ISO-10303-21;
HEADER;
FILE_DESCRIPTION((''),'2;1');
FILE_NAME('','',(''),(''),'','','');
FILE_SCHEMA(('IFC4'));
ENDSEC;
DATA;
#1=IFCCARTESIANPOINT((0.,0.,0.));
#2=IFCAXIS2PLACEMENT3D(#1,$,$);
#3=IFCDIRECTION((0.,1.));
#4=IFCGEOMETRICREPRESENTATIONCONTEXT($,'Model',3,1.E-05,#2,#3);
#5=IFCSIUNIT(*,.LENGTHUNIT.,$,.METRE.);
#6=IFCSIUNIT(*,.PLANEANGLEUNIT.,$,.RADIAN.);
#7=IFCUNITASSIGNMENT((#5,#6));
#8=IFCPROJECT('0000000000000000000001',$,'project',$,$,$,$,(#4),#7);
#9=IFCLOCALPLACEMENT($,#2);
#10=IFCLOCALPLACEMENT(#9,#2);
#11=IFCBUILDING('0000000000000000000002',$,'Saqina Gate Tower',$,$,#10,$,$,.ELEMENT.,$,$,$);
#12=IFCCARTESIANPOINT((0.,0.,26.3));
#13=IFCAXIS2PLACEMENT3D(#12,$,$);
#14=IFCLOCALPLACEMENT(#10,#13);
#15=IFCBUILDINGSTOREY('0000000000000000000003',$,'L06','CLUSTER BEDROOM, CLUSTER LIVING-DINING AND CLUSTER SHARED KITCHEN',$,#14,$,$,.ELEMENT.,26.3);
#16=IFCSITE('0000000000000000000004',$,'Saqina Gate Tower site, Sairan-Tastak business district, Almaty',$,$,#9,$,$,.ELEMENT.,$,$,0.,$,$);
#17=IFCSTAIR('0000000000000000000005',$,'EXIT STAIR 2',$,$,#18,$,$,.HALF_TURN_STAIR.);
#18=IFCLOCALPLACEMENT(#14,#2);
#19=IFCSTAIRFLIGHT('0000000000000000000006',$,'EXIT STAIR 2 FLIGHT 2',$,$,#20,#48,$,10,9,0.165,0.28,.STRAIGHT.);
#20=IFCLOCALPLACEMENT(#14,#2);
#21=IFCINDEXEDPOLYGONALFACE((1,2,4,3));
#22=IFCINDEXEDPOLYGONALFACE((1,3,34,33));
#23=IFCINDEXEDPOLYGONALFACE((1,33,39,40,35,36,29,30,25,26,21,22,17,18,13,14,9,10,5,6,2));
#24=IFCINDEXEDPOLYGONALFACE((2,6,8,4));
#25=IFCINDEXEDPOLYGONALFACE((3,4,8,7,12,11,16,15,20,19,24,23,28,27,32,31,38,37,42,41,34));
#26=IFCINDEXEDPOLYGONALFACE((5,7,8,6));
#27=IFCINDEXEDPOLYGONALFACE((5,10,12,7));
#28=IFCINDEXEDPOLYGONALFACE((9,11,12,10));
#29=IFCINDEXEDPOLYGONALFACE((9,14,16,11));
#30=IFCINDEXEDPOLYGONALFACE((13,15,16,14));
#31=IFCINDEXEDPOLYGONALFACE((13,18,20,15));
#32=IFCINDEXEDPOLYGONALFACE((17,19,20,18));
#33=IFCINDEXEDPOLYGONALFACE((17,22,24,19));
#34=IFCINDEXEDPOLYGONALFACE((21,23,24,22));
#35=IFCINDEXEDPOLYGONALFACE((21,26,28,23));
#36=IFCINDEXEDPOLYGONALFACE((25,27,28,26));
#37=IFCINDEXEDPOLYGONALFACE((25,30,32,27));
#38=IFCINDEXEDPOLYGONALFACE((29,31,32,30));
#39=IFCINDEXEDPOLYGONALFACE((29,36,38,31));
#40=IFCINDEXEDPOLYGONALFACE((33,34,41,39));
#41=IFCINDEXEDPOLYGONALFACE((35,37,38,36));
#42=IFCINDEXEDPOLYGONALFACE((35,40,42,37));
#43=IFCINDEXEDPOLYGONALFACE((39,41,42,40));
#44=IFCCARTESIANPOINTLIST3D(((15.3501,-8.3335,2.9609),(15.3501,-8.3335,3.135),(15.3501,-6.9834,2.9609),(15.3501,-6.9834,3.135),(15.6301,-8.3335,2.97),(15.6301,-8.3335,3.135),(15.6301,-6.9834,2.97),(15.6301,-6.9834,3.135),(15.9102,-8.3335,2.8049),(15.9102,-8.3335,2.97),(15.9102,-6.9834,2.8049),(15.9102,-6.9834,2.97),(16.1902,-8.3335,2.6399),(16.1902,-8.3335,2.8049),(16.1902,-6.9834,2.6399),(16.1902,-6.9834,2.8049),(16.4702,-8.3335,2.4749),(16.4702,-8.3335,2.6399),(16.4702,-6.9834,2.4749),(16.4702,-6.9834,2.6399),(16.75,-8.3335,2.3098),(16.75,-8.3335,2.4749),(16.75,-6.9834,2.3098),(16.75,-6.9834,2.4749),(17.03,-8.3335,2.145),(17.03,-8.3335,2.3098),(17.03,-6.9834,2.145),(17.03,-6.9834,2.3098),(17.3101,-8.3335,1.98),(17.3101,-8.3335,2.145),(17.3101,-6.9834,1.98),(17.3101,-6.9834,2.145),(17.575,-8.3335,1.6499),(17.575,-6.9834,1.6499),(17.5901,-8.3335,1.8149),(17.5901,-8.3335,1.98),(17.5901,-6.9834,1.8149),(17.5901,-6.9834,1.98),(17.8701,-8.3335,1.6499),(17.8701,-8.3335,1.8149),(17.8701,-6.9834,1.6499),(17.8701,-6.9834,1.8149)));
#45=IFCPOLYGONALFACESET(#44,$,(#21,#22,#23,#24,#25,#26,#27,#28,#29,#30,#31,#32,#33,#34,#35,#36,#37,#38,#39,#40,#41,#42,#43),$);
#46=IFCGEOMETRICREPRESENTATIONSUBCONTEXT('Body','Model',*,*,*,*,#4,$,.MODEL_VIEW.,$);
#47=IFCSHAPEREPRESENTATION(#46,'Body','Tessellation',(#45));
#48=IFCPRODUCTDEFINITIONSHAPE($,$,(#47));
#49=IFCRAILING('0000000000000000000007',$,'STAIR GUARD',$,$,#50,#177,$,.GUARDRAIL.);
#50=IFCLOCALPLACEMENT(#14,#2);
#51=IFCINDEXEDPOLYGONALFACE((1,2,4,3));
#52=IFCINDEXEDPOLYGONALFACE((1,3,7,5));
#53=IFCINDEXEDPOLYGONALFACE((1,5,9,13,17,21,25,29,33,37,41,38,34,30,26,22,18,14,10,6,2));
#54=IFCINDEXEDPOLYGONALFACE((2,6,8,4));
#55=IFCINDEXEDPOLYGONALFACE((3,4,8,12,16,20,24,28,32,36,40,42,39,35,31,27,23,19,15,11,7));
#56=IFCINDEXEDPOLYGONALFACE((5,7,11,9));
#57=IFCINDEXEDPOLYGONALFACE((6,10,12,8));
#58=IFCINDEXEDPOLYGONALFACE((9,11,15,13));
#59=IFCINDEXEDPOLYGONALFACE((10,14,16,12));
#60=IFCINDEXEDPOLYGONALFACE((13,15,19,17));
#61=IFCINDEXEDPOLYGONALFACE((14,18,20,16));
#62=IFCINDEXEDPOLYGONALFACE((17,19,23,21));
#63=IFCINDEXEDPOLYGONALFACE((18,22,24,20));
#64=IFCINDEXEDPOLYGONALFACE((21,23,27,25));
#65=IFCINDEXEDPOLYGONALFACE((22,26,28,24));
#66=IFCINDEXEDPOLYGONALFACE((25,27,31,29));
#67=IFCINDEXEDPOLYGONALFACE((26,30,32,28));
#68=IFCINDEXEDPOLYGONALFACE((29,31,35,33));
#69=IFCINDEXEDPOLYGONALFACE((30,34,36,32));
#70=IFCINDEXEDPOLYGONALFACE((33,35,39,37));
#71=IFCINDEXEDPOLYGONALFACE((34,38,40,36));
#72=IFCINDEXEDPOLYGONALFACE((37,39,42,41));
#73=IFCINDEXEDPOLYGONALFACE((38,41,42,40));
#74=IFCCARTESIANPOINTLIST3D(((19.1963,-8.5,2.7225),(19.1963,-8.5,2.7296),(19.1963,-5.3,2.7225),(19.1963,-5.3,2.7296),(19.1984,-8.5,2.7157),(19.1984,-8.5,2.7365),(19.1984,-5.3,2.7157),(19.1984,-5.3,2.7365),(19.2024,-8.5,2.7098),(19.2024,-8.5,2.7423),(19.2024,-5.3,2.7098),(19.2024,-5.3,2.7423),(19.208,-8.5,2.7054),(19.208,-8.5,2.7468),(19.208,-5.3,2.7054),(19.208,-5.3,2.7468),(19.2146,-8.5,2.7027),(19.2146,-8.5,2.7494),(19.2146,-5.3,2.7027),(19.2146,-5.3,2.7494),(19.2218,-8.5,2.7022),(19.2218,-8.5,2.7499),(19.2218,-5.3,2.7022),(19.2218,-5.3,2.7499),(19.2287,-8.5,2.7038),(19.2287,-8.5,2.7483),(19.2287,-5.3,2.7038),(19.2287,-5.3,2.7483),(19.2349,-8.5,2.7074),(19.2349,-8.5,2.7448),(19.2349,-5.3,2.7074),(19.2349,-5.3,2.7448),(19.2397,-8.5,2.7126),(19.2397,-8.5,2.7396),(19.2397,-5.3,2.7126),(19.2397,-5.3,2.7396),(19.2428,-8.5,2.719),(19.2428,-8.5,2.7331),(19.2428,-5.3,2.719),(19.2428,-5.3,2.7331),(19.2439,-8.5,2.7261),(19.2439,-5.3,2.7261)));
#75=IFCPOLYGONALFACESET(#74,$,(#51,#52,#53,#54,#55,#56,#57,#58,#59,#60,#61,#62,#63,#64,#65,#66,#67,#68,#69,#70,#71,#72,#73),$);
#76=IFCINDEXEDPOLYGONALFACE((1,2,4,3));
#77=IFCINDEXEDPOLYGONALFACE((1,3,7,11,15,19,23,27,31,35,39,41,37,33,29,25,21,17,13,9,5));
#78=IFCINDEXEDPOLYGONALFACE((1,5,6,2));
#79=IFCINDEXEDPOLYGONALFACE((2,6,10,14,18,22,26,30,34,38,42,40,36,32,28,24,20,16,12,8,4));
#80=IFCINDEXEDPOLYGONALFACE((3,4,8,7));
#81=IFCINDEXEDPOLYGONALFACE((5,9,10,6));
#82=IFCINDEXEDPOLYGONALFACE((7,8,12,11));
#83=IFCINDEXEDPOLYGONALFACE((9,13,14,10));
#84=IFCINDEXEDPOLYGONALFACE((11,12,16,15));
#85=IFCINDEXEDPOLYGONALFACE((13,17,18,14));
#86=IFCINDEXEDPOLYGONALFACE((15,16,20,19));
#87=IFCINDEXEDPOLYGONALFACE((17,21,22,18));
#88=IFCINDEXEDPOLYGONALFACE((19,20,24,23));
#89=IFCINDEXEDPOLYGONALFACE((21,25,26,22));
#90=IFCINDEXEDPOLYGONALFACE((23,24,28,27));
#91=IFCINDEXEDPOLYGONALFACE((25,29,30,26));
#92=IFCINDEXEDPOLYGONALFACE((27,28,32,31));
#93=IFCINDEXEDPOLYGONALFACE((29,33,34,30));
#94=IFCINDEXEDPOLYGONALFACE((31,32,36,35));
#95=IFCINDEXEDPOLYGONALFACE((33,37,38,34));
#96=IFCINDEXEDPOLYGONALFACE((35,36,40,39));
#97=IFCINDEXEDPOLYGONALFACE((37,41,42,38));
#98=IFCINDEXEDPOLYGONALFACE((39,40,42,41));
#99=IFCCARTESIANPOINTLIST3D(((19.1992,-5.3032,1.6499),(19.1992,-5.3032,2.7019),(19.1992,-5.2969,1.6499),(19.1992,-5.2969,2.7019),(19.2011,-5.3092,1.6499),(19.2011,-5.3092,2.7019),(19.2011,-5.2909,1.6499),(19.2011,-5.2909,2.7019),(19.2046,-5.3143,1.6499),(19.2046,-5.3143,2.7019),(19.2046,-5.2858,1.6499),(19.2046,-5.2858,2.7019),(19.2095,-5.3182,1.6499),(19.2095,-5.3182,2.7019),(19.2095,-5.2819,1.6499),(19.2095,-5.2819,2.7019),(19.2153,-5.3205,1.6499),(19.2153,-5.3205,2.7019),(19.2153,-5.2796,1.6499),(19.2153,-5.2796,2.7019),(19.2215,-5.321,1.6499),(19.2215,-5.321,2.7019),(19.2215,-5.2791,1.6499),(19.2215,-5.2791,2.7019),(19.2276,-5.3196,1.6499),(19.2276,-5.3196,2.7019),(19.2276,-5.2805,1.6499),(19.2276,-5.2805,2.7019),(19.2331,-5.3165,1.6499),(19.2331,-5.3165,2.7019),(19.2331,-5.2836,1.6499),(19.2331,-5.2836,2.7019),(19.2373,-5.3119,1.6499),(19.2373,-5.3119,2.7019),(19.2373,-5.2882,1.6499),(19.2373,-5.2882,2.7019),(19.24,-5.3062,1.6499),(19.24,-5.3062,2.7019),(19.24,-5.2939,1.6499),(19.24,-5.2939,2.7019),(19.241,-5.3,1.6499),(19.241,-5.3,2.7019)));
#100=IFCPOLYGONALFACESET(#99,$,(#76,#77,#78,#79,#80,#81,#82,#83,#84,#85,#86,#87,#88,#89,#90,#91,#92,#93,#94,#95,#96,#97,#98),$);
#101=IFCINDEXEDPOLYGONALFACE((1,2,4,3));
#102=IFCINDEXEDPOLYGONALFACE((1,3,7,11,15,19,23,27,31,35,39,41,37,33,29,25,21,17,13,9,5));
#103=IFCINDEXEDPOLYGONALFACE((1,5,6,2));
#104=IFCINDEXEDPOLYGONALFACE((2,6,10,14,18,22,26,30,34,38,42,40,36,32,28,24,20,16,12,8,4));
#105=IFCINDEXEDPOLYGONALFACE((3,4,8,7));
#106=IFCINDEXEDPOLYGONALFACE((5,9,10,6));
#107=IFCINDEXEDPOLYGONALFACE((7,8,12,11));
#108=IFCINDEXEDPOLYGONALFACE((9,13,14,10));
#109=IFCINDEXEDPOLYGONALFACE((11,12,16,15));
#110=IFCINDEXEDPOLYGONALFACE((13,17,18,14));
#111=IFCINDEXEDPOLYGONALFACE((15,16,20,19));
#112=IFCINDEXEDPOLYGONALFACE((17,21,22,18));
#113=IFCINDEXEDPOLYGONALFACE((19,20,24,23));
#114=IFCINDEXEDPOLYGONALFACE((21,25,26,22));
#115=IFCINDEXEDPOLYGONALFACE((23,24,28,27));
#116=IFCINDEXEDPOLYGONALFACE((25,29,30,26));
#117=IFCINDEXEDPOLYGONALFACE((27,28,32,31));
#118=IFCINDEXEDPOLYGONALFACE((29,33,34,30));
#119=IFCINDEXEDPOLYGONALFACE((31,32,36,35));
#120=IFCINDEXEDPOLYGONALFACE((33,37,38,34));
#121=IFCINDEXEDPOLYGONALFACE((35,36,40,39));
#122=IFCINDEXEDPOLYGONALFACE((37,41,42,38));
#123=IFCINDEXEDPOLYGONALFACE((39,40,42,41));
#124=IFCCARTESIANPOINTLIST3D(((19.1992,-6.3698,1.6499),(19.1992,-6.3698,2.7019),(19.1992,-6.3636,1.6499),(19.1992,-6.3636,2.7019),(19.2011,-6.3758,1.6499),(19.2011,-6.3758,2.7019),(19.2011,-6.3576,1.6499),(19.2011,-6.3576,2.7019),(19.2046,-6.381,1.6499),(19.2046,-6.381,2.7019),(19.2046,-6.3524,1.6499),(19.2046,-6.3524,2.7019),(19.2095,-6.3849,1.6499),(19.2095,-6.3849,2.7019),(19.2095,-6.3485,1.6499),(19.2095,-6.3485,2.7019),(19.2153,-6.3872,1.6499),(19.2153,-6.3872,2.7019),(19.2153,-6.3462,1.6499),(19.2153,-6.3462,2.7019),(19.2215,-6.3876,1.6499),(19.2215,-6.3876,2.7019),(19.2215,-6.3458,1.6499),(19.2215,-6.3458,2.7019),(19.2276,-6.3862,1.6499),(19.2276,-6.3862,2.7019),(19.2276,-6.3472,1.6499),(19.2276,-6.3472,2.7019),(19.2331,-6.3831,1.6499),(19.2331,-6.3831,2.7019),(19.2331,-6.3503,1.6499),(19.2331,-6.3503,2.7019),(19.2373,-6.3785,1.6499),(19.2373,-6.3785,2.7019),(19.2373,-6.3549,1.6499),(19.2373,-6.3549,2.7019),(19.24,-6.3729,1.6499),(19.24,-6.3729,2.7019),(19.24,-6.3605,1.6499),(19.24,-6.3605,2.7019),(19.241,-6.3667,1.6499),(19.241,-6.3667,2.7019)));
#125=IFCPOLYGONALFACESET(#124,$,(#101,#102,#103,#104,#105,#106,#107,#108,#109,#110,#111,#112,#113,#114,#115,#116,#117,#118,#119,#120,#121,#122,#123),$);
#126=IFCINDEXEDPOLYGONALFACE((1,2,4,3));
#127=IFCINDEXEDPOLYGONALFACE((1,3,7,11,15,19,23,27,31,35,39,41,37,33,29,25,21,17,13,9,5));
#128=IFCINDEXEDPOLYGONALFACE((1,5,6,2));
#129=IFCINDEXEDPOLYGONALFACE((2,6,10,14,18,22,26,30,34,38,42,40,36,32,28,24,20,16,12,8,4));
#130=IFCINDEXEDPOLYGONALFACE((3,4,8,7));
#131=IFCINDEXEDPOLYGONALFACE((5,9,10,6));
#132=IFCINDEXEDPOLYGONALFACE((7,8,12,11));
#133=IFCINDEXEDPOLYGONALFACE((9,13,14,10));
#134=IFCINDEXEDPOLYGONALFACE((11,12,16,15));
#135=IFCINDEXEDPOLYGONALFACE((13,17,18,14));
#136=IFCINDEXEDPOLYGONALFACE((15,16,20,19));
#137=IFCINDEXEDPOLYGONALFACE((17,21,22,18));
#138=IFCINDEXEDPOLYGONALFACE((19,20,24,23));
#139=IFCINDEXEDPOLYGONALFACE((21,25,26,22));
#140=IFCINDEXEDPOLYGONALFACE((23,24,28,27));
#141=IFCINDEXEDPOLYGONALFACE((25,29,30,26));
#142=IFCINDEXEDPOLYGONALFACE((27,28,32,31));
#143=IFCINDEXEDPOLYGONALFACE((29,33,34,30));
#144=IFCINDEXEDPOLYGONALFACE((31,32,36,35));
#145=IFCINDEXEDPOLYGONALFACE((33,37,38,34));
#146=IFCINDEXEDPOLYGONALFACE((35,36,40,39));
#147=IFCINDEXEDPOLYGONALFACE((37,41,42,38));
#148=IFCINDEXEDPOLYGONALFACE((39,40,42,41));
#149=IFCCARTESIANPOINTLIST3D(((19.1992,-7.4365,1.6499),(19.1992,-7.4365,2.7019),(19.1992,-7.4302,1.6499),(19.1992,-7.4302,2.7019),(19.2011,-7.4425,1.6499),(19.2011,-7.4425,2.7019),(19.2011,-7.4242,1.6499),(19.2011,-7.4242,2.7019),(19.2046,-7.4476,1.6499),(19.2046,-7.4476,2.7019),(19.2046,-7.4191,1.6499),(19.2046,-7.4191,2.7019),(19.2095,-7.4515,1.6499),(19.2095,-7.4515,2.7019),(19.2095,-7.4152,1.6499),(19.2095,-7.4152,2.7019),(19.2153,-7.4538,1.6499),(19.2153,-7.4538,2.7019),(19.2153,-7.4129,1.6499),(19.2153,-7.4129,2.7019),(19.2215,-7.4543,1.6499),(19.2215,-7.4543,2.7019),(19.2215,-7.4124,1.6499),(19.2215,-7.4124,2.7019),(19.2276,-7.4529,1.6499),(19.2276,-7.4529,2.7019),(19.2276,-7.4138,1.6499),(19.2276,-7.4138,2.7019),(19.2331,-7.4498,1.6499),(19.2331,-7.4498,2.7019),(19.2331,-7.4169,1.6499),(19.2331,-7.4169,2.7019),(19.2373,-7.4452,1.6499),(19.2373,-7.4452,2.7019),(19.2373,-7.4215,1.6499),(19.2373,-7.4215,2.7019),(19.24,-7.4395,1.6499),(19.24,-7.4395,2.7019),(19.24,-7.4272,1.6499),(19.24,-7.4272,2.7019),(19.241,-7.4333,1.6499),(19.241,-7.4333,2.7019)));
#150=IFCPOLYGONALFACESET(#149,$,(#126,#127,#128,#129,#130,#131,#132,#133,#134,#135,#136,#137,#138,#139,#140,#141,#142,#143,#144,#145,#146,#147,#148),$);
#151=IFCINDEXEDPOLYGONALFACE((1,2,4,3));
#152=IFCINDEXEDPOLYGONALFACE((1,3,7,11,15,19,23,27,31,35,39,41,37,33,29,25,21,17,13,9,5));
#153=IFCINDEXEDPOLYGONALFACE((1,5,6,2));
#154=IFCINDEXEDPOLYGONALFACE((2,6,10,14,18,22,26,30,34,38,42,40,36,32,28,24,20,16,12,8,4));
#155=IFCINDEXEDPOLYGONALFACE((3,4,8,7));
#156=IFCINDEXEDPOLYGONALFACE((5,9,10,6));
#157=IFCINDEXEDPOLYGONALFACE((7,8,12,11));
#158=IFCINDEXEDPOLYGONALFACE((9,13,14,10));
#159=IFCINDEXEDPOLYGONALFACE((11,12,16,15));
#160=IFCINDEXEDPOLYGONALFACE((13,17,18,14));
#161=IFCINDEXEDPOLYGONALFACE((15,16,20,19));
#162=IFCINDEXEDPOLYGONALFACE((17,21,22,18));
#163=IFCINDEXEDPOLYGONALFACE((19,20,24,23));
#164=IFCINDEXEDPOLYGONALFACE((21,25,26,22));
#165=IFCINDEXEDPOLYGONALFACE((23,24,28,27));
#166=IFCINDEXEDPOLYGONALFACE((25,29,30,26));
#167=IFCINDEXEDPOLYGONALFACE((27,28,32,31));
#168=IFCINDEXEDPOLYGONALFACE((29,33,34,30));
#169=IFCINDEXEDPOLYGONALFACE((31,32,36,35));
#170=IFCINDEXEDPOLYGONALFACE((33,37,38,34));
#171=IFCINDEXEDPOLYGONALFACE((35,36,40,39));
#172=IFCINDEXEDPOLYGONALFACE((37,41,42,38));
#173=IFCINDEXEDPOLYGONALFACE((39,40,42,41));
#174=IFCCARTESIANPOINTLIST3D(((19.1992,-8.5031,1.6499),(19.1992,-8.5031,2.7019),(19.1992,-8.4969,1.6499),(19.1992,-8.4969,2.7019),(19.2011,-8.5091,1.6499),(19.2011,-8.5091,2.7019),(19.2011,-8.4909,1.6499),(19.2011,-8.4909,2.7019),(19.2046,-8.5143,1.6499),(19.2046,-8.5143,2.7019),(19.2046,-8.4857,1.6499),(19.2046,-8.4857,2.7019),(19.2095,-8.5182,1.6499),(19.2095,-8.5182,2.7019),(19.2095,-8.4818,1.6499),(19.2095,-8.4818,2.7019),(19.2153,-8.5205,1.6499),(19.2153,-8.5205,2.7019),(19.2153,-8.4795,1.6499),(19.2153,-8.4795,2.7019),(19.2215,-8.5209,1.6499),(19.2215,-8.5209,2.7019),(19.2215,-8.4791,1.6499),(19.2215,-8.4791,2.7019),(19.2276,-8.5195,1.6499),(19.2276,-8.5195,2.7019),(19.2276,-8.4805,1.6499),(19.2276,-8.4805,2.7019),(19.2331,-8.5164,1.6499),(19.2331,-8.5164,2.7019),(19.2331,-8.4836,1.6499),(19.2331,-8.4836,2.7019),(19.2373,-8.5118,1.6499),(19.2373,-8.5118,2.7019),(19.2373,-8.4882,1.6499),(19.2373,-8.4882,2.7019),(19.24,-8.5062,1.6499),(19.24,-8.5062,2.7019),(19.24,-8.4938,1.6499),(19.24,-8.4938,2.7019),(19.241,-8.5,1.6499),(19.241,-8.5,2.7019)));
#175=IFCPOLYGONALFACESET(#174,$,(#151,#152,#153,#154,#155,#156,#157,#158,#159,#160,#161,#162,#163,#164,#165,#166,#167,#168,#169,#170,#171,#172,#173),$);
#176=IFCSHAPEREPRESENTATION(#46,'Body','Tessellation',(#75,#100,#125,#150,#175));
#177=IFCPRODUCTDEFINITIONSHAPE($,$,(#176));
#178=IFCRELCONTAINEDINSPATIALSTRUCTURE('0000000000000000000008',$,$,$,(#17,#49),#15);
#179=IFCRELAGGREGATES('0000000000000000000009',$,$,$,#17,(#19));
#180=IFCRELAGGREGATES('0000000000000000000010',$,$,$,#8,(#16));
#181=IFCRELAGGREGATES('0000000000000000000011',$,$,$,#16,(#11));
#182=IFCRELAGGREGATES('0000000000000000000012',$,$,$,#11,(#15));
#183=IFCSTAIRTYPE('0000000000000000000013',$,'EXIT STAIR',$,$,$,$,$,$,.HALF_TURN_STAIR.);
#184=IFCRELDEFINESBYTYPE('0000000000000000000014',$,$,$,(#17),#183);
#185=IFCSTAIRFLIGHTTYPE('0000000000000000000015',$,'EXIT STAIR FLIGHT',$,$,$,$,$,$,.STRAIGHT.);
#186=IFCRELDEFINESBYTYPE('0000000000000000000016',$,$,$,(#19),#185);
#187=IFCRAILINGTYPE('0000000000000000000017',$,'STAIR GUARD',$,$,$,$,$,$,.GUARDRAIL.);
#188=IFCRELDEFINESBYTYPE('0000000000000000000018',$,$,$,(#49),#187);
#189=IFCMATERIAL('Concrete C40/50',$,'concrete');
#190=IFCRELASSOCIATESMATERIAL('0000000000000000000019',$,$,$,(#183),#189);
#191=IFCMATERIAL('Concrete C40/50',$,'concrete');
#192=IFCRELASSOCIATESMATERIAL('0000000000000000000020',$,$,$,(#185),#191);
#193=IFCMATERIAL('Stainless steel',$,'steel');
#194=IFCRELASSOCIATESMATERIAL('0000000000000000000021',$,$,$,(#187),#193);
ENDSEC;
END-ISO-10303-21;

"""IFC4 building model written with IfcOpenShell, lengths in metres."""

from ifc_helpers import new_model, si_unit, direction, frame, origin, origin_2d, place, context, subcontext, project, spatial, polyline, circle, outline, extrude, material, type_object, element, aggregate, save


model = new_model("IFC4")

# Units and contexts
model_context = context("Model", 3, precision=1e-05, world=origin(), true_north=direction((0.0, 1.0)))
body_context = subcontext(model_context, "Body", "Model", "MODEL_VIEW")
ifc_project = project(units=[si_unit("LENGTHUNIT", "METRE"), si_unit("PLANEANGLEUNIT", "RADIAN")], contexts=[model_context])

# Site, building, storey
site_placement = place(None, origin())
site = spatial("IfcSite", under=ifc_project, at=site_placement, Name="Saqina Gate Tower site, Sairan-Tastak business district, Almaty", CompositionType="ELEMENT", RefElevation=0.0)
building_placement = place(site_placement, origin())
building = spatial("IfcBuilding", under=site, at=building_placement, Name="Saqina Gate Tower", CompositionType="ELEMENT")
storey_placement = place(building_placement, frame((0.0, 0.0, 26.3)))
storey = spatial("IfcBuildingStorey", under=building, at=storey_placement, Name="L06", Description="CLUSTER BEDROOM, CLUSTER LIVING-DINING AND CLUSTER SHARED KITCHEN", CompositionType="ELEMENT", Elevation=26.3)

# Stair, stair flight
ifc_material_1 = material(Name="Concrete C40/50", Category="concrete")
stair_type = type_object("IfcStairType", Name="EXIT STAIR", PredefinedType="HALF_TURN_STAIR", material=ifc_material_1)
stair_placement = place(storey_placement, origin())
stair = element("IfcStair", 1, at=stair_placement, inside=storey, type_object=stair_type, Name="EXIT STAIR 2", PredefinedType="HALF_TURN_STAIR")
ifc_material_2 = material(Name="Concrete C40/50", Category="concrete")
stair_flight_type = type_object("IfcStairFlightType", Name="EXIT STAIR FLIGHT", PredefinedType="STRAIGHT", material=ifc_material_2)
stair_flight_1_placement = place(storey_placement, frame((17.8701, -7.6584, 1.6499), z_axis=(0.0, 0.0, 1.0), x_axis=(-1.0, 0.0, 0.0)))
stair_flight_1 = element("IfcStairFlight", 2, at=stair_flight_1_placement, type_object=stair_flight_type, Name="EXIT STAIR 2 FLIGHT 2", NumberOfRisers=10, NumberOfTreads=9, PredefinedType="STRAIGHT", RiserHeight=0.165, TreadLength=0.28, context=body_context, shape_type="SweptSolid", body=[
    extrude(outline(polyline([(0.0, 0.0), (0.0, 0.165), (0.28, 0.165), (0.28, 0.3301), (0.5601, 0.3301), (0.5601, 0.4951), (0.8401, 0.4951), (0.8401, 0.6599), (1.1201, 0.6599), (1.1201, 0.825), (1.3999, 0.825), (1.3999, 0.99), (1.6799, 0.99), (1.6799, 1.155), (1.96, 1.155), (1.96, 1.3201), (2.24, 1.3201), (2.24, 1.4851), (2.52, 1.4851), (2.52, 1.6499), (2.52, 1.311), (0.2952, 0.0), (0.0, 0.0)])), frame((0.0, 0.675, 0.0), z_axis=(0.0, -1.0, 0.0), x_axis=(1.0, 0.0, 0.0)), (0.0, 0.0, 1.0), 1.3501),
])
aggregate(stair, [stair_flight_1])

# Railing
ifc_material_3 = material(Name="Stainless steel", Category="steel")
railing_type_1 = type_object("IfcRailingType", Name="STAIR GUARD", PredefinedType="GUARDRAIL", material=ifc_material_3)
railing_1_placement = place(storey_placement, frame((19.22, -5.3, 1.6499)))
element("IfcRailing", 3, at=railing_1_placement, inside=storey, type_object=railing_type_1, Name="STAIR GUARD", PredefinedType="GUARDRAIL", context=body_context, shape_type="SweptSolid", body=[
    extrude(circle(Radius=0.0239, at=origin_2d()), frame((0.0, 0.0, 1.0762), z_axis=(0.0, -1.0, 0.0), x_axis=(1.0, 0.0, 0.0)), (0.0, 0.0, 1.0), 3.2),
    extrude(circle(Radius=0.021, at=origin_2d()), origin(), (0.0, 0.0, 1.0), 1.052),
    extrude(circle(Radius=0.021, at=origin_2d()), frame((0.0, -1.0667, 0.0)), (0.0, 0.0, 1.0), 1.052),
    extrude(circle(Radius=0.021, at=origin_2d()), frame((0.0, -2.1333, 0.0)), (0.0, 0.0, 1.0), 1.052),
    extrude(circle(Radius=0.021, at=origin_2d()), frame((0.0, -3.2, 0.0)), (0.0, 0.0, 1.0), 1.052),
])

save(model, "model.ifc")
